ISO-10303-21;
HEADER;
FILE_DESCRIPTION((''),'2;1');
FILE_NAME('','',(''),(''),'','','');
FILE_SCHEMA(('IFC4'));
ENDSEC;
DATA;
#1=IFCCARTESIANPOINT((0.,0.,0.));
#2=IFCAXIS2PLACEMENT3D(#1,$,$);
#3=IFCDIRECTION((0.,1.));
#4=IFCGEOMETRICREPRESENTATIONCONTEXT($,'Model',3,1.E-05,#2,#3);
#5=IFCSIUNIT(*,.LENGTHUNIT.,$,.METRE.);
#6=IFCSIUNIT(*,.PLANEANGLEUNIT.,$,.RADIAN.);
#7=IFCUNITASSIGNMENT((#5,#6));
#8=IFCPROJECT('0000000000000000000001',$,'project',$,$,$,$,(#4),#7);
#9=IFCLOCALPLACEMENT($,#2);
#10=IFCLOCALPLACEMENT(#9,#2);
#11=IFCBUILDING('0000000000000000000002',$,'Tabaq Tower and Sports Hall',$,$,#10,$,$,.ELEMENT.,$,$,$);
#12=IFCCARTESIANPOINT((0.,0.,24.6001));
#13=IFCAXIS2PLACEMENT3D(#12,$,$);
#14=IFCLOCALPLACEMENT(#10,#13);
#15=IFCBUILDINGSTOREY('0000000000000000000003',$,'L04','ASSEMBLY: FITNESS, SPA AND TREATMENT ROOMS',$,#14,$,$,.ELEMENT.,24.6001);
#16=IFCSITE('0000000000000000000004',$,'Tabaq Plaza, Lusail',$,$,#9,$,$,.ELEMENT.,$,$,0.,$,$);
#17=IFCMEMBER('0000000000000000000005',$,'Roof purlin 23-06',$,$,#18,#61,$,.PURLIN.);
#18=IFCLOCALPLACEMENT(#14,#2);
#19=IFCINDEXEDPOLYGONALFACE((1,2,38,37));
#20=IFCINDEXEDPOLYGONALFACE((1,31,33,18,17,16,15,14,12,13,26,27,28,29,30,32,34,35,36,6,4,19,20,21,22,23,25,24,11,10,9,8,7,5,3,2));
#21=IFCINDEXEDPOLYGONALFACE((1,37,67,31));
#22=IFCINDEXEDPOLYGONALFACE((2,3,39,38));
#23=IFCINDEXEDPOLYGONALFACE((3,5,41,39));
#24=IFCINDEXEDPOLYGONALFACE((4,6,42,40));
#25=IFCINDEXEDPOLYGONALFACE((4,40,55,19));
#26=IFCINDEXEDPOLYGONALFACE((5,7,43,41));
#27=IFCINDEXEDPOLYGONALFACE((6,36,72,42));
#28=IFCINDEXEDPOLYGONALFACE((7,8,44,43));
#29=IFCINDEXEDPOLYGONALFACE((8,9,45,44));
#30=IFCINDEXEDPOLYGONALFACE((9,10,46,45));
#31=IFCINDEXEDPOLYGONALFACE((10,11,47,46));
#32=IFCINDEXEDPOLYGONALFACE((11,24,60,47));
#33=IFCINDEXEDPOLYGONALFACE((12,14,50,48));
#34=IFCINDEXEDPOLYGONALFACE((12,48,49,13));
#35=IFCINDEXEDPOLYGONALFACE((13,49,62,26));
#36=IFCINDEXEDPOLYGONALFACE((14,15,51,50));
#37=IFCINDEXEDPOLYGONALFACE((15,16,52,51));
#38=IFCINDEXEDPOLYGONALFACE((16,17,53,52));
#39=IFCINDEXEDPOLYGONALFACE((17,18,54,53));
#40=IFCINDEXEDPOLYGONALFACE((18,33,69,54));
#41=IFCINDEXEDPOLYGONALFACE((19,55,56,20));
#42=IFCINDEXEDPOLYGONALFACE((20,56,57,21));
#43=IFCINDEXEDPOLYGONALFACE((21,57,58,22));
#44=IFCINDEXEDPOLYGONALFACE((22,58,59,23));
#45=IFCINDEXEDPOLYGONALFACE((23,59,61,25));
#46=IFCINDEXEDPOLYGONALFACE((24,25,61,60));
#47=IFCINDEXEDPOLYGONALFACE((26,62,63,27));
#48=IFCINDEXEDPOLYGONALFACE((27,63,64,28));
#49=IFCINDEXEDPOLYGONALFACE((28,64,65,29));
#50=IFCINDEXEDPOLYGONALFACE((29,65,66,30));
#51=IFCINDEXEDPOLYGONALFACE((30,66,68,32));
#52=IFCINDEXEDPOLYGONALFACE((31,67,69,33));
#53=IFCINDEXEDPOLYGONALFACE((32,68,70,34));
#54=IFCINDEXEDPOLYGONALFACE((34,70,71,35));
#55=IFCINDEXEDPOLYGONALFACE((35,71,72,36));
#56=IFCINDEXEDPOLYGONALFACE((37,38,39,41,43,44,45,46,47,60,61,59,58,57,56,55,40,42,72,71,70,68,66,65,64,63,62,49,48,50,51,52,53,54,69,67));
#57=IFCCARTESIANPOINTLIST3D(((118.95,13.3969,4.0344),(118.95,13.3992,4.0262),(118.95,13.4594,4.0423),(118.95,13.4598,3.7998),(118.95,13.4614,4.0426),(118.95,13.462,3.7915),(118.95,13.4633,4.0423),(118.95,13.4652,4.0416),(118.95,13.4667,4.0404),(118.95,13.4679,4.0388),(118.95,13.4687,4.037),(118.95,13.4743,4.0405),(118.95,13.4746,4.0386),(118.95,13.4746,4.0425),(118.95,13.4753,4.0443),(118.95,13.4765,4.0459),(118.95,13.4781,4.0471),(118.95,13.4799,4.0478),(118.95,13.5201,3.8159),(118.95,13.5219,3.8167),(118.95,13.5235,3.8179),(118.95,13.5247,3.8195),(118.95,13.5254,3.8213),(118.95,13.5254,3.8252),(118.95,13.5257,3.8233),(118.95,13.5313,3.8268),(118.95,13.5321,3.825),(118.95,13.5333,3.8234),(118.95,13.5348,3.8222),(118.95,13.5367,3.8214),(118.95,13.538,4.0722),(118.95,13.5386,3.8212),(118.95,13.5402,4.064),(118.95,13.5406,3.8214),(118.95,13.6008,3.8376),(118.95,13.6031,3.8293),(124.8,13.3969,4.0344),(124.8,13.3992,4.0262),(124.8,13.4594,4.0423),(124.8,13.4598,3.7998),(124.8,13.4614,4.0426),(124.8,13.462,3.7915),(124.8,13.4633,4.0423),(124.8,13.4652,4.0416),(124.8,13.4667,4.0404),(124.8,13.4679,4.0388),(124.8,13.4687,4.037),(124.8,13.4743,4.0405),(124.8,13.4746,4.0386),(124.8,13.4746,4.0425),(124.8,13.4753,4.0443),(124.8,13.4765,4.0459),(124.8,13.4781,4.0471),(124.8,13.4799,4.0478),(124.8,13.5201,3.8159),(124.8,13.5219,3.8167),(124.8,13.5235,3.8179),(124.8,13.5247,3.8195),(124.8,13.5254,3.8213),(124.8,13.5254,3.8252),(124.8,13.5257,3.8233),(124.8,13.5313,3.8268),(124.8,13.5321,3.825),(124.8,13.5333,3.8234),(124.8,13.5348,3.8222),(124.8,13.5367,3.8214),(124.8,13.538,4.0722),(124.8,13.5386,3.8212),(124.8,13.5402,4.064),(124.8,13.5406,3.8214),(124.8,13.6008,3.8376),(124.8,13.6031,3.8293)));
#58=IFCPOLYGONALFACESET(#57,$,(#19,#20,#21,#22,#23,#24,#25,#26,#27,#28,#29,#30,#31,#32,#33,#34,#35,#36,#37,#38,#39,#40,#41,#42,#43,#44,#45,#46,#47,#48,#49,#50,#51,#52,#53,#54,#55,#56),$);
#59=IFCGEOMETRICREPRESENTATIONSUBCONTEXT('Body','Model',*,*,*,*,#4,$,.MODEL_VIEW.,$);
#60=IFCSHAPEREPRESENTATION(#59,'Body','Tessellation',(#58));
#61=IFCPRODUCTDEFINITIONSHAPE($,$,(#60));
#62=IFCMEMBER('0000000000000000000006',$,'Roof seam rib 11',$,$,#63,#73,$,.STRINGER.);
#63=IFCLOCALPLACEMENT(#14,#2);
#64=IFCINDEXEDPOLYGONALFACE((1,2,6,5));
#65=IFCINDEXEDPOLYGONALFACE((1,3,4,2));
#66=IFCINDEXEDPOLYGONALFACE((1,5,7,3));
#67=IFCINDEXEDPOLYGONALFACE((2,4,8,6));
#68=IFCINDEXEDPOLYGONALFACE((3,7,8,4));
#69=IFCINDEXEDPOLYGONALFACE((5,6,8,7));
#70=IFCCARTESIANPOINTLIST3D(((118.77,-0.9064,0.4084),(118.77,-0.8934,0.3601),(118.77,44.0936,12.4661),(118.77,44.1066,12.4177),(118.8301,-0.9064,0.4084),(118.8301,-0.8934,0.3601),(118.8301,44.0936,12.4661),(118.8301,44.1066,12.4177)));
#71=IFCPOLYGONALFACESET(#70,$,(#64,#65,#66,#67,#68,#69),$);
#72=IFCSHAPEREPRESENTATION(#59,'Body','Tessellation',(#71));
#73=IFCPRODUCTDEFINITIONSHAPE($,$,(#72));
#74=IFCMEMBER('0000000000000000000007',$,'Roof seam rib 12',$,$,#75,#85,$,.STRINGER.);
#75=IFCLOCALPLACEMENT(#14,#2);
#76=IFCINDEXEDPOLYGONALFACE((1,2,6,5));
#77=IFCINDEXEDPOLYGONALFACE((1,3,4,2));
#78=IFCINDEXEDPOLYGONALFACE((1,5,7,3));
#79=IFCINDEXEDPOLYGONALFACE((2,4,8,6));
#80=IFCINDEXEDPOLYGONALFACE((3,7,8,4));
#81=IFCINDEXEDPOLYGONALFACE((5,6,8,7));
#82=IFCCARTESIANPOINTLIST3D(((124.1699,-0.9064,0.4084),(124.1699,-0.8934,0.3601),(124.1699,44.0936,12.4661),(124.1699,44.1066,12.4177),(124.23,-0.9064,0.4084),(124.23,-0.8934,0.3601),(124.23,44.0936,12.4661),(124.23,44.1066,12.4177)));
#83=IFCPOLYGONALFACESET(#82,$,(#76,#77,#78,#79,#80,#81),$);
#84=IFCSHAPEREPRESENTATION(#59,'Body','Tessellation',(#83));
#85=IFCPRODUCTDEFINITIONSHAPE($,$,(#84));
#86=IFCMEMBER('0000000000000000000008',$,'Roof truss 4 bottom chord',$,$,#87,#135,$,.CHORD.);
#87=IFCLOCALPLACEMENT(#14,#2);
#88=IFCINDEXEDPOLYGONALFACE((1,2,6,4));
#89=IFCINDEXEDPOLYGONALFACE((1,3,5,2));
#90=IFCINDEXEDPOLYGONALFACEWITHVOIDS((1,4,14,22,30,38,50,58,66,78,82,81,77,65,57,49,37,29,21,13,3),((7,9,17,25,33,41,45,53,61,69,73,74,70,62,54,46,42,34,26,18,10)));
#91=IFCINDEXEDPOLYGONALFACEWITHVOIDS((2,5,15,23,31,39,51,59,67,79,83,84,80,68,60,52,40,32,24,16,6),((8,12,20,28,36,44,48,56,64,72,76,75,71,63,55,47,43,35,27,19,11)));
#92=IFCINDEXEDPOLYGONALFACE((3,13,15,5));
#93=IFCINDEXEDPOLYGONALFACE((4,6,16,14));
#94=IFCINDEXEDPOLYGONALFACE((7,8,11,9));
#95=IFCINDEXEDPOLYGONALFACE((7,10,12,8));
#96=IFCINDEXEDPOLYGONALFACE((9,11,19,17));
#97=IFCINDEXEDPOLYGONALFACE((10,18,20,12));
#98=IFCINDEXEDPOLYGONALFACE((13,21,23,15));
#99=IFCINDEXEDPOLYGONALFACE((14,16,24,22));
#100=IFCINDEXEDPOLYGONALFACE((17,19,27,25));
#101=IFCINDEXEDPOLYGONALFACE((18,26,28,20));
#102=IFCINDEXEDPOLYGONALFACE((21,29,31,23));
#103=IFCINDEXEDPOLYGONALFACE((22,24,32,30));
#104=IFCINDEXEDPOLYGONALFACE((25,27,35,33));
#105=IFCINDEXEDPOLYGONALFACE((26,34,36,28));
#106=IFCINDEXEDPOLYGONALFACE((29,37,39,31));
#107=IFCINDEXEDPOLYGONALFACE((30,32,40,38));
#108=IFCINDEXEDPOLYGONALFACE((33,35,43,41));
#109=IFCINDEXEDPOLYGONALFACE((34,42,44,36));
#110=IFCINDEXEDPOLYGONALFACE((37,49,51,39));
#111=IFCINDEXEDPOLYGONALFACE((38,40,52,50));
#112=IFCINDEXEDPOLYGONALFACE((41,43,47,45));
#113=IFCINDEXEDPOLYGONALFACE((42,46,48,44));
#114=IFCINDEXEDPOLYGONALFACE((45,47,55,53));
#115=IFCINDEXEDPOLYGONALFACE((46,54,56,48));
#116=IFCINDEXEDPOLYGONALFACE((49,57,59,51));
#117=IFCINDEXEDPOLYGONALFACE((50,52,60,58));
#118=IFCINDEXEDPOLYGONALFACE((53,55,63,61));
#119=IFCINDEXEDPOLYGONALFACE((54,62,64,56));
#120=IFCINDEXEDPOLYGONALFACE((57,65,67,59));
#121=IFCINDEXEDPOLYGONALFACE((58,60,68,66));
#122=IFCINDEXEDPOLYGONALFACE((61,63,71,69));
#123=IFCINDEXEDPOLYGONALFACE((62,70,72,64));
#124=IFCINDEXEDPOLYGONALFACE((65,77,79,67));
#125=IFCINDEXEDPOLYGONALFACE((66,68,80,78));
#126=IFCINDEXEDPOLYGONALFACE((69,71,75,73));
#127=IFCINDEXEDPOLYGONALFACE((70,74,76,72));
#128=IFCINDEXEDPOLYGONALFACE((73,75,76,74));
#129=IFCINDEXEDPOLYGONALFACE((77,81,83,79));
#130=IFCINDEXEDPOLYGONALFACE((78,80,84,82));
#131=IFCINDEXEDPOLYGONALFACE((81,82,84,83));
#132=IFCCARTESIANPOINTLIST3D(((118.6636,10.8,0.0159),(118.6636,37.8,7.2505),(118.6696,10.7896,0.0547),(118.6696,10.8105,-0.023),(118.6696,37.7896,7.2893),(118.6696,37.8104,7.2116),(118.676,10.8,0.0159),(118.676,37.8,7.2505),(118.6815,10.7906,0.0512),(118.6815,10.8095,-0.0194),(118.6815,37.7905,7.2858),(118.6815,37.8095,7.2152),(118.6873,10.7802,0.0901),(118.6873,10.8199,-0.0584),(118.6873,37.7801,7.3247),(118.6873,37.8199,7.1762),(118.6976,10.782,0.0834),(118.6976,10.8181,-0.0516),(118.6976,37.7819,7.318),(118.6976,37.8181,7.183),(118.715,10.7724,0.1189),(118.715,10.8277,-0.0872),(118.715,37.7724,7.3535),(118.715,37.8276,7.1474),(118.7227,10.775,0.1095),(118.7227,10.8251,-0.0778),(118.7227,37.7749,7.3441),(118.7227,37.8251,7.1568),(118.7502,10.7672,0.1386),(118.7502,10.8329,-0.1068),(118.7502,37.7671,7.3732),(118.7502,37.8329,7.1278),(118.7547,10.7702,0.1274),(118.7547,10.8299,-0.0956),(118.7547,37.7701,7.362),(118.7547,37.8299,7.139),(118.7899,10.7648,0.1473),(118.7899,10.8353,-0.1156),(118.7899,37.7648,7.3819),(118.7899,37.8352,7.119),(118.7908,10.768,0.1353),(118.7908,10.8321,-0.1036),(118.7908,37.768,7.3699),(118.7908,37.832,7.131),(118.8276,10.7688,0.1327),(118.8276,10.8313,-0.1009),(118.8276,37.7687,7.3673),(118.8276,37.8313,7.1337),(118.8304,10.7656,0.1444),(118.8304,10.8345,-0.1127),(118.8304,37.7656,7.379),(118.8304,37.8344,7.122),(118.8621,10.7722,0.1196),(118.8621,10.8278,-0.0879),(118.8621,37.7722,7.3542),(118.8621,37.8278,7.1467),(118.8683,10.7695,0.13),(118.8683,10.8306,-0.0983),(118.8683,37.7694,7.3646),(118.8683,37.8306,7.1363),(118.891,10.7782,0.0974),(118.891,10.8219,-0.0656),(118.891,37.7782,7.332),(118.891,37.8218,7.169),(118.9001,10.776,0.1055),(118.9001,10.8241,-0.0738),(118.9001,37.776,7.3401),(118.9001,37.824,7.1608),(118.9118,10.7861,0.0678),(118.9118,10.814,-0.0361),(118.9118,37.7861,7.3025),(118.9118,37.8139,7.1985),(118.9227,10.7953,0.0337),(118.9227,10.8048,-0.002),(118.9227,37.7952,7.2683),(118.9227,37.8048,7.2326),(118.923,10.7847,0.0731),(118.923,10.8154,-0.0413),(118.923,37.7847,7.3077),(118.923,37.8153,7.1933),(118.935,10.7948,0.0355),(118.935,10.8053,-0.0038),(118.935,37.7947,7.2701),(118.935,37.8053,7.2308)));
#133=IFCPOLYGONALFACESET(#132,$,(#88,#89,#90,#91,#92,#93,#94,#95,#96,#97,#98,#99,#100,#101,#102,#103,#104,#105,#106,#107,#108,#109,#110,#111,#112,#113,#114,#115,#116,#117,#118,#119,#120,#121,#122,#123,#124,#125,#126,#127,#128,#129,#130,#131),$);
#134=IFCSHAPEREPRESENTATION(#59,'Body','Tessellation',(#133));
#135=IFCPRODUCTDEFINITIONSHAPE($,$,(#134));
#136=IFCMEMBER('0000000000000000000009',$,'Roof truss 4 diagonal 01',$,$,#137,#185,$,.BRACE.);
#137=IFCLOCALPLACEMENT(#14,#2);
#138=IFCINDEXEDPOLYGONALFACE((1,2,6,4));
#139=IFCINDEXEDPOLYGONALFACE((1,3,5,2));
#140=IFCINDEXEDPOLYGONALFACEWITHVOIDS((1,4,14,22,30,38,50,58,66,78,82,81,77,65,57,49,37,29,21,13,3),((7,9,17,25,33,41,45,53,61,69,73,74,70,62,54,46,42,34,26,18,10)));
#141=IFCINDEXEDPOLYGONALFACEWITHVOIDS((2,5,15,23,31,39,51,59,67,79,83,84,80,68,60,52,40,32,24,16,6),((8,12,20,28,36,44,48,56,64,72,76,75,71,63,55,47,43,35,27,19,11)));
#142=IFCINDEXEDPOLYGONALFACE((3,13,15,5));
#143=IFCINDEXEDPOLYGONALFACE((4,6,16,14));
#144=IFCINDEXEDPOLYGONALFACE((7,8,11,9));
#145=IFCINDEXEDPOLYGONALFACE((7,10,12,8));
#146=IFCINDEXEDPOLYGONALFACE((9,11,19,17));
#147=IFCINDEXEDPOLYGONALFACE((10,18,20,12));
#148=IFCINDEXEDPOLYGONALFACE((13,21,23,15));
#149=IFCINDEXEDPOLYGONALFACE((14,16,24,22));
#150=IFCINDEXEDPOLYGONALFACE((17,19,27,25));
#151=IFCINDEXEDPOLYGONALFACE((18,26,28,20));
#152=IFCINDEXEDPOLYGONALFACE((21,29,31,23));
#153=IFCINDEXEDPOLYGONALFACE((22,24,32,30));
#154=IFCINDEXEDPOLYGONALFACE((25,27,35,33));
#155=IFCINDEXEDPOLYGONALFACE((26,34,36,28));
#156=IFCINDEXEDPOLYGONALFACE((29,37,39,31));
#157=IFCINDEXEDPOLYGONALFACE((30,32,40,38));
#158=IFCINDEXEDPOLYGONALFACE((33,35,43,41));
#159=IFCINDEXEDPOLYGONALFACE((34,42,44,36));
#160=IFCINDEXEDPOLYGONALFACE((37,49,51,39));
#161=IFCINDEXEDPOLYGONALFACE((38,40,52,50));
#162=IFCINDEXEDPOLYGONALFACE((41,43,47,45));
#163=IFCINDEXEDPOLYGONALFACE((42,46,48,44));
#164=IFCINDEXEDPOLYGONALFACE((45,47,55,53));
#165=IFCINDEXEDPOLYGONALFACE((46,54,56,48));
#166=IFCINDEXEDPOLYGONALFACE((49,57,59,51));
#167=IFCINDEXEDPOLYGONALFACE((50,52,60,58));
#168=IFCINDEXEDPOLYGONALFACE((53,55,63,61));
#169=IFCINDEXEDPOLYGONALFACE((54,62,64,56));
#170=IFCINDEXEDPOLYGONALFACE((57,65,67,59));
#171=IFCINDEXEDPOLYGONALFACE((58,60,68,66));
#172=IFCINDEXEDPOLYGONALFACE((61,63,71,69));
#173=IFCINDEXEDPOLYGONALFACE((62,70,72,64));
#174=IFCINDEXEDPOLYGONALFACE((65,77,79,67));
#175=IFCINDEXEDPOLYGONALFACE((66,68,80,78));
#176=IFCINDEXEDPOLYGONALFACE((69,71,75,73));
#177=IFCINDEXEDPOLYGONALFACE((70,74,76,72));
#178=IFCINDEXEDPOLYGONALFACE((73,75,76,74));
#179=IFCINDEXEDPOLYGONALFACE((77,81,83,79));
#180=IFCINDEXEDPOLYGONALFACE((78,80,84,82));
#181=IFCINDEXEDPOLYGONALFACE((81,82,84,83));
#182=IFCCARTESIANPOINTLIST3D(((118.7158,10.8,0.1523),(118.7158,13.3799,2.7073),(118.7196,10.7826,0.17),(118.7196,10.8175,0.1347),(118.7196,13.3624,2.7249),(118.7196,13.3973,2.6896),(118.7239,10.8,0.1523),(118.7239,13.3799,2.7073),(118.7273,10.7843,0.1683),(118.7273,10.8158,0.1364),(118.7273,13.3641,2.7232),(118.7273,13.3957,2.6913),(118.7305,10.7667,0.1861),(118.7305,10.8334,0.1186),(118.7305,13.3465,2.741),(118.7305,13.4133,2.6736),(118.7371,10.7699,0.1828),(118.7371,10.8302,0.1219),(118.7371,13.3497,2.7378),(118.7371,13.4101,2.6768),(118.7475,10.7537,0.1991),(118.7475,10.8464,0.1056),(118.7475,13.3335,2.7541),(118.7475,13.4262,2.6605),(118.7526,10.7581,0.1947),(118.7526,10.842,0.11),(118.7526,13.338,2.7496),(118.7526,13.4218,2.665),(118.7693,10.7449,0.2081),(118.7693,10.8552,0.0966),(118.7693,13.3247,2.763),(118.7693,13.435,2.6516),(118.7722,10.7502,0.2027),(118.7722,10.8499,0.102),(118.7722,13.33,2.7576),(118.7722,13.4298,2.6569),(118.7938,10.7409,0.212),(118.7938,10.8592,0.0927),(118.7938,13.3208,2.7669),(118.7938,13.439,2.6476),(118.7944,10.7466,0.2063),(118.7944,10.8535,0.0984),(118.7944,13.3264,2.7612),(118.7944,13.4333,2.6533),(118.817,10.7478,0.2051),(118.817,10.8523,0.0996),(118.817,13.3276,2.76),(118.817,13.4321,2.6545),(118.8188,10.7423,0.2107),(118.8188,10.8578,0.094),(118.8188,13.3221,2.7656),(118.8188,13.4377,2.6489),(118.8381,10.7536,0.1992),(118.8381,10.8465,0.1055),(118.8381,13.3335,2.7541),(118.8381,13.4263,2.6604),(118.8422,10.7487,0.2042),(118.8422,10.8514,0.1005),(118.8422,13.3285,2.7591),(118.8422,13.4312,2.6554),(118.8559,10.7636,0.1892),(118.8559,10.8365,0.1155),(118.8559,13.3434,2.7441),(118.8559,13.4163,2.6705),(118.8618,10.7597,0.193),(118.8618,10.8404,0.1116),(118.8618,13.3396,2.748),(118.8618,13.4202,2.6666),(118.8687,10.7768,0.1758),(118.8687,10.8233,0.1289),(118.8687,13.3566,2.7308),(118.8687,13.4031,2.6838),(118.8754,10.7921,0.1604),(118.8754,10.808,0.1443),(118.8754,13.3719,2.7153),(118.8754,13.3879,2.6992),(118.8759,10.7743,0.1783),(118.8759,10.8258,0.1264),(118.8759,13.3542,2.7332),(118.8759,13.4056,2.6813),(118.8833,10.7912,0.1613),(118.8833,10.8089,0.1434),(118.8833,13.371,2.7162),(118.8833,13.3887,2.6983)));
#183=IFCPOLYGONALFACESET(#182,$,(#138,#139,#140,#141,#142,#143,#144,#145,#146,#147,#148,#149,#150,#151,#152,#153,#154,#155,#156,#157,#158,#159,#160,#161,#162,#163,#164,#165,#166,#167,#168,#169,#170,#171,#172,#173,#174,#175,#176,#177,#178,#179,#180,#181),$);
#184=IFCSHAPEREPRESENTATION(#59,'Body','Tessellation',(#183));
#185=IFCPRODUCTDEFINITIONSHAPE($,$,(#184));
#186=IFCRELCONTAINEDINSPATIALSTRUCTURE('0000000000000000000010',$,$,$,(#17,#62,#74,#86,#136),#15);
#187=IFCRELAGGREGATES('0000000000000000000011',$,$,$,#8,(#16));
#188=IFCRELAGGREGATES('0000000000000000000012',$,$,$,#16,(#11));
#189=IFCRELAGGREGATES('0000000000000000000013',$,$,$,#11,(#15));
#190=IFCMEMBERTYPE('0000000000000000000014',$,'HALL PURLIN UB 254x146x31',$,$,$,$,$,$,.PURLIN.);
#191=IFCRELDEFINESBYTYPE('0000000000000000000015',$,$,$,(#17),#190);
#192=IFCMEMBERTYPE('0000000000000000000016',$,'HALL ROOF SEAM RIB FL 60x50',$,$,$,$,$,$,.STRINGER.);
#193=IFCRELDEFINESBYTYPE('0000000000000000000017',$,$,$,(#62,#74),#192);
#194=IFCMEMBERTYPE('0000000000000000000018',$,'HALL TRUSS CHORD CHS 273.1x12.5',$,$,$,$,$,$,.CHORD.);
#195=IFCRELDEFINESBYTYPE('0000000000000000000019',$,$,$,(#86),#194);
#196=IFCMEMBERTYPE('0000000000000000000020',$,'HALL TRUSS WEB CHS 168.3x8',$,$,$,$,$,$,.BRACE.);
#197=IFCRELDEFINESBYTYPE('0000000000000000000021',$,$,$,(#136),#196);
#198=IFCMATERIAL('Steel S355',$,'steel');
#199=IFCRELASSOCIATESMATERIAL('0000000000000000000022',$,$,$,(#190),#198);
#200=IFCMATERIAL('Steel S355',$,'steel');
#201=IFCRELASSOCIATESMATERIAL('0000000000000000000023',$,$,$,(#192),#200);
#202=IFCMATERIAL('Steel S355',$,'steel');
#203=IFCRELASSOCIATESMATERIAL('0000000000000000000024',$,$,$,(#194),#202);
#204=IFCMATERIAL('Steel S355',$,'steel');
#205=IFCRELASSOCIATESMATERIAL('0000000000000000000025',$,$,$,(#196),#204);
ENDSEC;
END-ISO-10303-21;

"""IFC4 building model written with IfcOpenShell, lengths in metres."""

from ifc_helpers import new_model, si_unit, direction, frame, origin, origin_2d, place, context, subcontext, project, spatial, rectangle, hollow_circle, i_section, extrude, material, material_profile, profile_set, type_object, element, save


model = new_model("IFC4")

# Units and contexts
model_context = context("Model", 3, precision=1e-05, world=origin(), true_north=direction((0.0, 1.0)))
body_context = subcontext(model_context, "Body", "Model", "MODEL_VIEW")
ifc_project = project(units=[si_unit("LENGTHUNIT", "METRE"), si_unit("PLANEANGLEUNIT", "RADIAN")], contexts=[model_context])

# Site, building, storey
site_placement = place(None, origin())
site = spatial("IfcSite", under=ifc_project, at=site_placement, Name="Tabaq Plaza, Lusail", CompositionType="ELEMENT", RefElevation=0.0)
building_placement = place(site_placement, origin())
building = spatial("IfcBuilding", under=site, at=building_placement, Name="Tabaq Tower and Sports Hall", CompositionType="ELEMENT")
storey_placement = place(building_placement, frame((0.0, 0.0, 24.6001)))
storey = spatial("IfcBuildingStorey", under=building, at=storey_placement, Name="L04", Description="ASSEMBLY: FITNESS, SPA AND TREATMENT ROOMS", CompositionType="ELEMENT", Elevation=24.6001)

# Members
ifc_material_1 = material(Name="Steel S355", Category="steel")
ifc_material_profile_1 = material_profile(ifc_material_1, i_section(OverallWidth=0.146, OverallDepth=0.2515, WebThickness=0.0061, FlangeThickness=0.0085, FilletRadius=0.0076, at=origin_2d()), Name="UB 254x146x31")
ifc_profile_set_1 = profile_set([ifc_material_profile_1], Name="Steel S355")
member_type_1 = type_object("IfcMemberType", Name="HALL PURLIN UB 254x146x31", PredefinedType="PURLIN", material=ifc_profile_set_1)
for number, where, z_axis, x_axis, name in (
    (1, (118.95, 13.5, 3.9319), (1.0, 0.0, 0.0), (0.0, 0.965926, 0.258819), "Roof purlin 23-06"),
):
    element("IfcMember", number, at=place(storey_placement, frame(where, z_axis=z_axis, x_axis=x_axis)), inside=storey, type_object=member_type_1, Name=name, PredefinedType="PURLIN", context=body_context, shape_type="SweptSolid", body=[
        extrude(i_section(OverallWidth=0.146, OverallDepth=0.2515, WebThickness=0.0061, FlangeThickness=0.0085, FilletRadius=0.0076, at=origin_2d()), origin(), (0.0, 0.0, 1.0), 5.8501),
    ])
ifc_material_2 = material(Name="Steel S355", Category="steel")
ifc_material_profile_2 = material_profile(ifc_material_2, rectangle(XDim=0.0601, YDim=0.05, at=origin_2d()), Name="FL 60x50")
ifc_profile_set_2 = profile_set([ifc_material_profile_2], Name="Steel S355")
member_type_2 = type_object("IfcMemberType", Name="HALL ROOF SEAM RIB FL 60x50", PredefinedType="STRINGER", material=ifc_profile_set_2)
for number, where, z_axis, x_axis, name in (
    (2, (118.8, -0.8999, 0.3843), (0.0, 0.965926, 0.258817), (-1.0, 0.0, 0.0), "Roof seam rib 11"),
    (3, (124.2, -0.8999, 0.3843), (0.0, 0.965926, 0.258817), (-1.0, 0.0, 0.0), "Roof seam rib 12"),
):
    element("IfcMember", number, at=place(storey_placement, frame(where, z_axis=z_axis, x_axis=x_axis)), inside=storey, type_object=member_type_2, Name=name, PredefinedType="STRINGER", context=body_context, shape_type="SweptSolid", body=[
        extrude(rectangle(XDim=0.0601, YDim=0.05, at=origin_2d()), origin(), (0.0, 0.0, 1.0), 46.5874),
    ])
ifc_material_3 = material(Name="Steel S355", Category="steel")
ifc_material_profile_3 = material_profile(ifc_material_3, hollow_circle(Radius=0.1365, WallThickness=0.0125, at=origin_2d()), Name="CHS 273.1x12.5")
ifc_profile_set_3 = profile_set([ifc_material_profile_3], Name="Steel S355")
member_type_3 = type_object("IfcMemberType", Name="HALL TRUSS CHORD CHS 273.1x12.5", PredefinedType="CHORD", material=ifc_profile_set_3)
member_1_placement = place(storey_placement, frame((118.8, 10.8, 0.0159), z_axis=(0.0, 0.965926, 0.258819), x_axis=(-1.0, 0.0, 0.0)))
element("IfcMember", 4, at=member_1_placement, inside=storey, type_object=member_type_3, Name="Roof truss 4 bottom chord", PredefinedType="CHORD", context=body_context, shape_type="SweptSolid", body=[
    extrude(hollow_circle(Radius=0.1365, WallThickness=0.0125, at=origin_2d()), origin(), (0.0, 0.0, 1.0), 27.9524),
])
ifc_material_4 = material(Name="Steel S355", Category="steel")
ifc_material_profile_4 = material_profile(ifc_material_4, hollow_circle(Radius=0.0842, WallThickness=0.0081, at=origin_2d()), Name="CHS 168.3x8")
ifc_profile_set_4 = profile_set([ifc_material_profile_4], Name="Steel S355")
member_type_4 = type_object("IfcMemberType", Name="HALL TRUSS WEB CHS 168.3x8", PredefinedType="BRACE", material=ifc_profile_set_4)
member_2_placement = place(storey_placement, frame((118.8, 10.8, 0.1523), z_axis=(0.0, 0.710528, 0.703669), x_axis=(-1.0, 0.0, 0.0)))
element("IfcMember", 5, at=member_2_placement, inside=storey, type_object=member_type_4, Name="Roof truss 4 diagonal 01", PredefinedType="BRACE", context=body_context, shape_type="SweptSolid", body=[
    extrude(hollow_circle(Radius=0.0842, WallThickness=0.0081, at=origin_2d()), origin(), (0.0, 0.0, 1.0), 3.6309),
])

save(model, "model.ifc")
